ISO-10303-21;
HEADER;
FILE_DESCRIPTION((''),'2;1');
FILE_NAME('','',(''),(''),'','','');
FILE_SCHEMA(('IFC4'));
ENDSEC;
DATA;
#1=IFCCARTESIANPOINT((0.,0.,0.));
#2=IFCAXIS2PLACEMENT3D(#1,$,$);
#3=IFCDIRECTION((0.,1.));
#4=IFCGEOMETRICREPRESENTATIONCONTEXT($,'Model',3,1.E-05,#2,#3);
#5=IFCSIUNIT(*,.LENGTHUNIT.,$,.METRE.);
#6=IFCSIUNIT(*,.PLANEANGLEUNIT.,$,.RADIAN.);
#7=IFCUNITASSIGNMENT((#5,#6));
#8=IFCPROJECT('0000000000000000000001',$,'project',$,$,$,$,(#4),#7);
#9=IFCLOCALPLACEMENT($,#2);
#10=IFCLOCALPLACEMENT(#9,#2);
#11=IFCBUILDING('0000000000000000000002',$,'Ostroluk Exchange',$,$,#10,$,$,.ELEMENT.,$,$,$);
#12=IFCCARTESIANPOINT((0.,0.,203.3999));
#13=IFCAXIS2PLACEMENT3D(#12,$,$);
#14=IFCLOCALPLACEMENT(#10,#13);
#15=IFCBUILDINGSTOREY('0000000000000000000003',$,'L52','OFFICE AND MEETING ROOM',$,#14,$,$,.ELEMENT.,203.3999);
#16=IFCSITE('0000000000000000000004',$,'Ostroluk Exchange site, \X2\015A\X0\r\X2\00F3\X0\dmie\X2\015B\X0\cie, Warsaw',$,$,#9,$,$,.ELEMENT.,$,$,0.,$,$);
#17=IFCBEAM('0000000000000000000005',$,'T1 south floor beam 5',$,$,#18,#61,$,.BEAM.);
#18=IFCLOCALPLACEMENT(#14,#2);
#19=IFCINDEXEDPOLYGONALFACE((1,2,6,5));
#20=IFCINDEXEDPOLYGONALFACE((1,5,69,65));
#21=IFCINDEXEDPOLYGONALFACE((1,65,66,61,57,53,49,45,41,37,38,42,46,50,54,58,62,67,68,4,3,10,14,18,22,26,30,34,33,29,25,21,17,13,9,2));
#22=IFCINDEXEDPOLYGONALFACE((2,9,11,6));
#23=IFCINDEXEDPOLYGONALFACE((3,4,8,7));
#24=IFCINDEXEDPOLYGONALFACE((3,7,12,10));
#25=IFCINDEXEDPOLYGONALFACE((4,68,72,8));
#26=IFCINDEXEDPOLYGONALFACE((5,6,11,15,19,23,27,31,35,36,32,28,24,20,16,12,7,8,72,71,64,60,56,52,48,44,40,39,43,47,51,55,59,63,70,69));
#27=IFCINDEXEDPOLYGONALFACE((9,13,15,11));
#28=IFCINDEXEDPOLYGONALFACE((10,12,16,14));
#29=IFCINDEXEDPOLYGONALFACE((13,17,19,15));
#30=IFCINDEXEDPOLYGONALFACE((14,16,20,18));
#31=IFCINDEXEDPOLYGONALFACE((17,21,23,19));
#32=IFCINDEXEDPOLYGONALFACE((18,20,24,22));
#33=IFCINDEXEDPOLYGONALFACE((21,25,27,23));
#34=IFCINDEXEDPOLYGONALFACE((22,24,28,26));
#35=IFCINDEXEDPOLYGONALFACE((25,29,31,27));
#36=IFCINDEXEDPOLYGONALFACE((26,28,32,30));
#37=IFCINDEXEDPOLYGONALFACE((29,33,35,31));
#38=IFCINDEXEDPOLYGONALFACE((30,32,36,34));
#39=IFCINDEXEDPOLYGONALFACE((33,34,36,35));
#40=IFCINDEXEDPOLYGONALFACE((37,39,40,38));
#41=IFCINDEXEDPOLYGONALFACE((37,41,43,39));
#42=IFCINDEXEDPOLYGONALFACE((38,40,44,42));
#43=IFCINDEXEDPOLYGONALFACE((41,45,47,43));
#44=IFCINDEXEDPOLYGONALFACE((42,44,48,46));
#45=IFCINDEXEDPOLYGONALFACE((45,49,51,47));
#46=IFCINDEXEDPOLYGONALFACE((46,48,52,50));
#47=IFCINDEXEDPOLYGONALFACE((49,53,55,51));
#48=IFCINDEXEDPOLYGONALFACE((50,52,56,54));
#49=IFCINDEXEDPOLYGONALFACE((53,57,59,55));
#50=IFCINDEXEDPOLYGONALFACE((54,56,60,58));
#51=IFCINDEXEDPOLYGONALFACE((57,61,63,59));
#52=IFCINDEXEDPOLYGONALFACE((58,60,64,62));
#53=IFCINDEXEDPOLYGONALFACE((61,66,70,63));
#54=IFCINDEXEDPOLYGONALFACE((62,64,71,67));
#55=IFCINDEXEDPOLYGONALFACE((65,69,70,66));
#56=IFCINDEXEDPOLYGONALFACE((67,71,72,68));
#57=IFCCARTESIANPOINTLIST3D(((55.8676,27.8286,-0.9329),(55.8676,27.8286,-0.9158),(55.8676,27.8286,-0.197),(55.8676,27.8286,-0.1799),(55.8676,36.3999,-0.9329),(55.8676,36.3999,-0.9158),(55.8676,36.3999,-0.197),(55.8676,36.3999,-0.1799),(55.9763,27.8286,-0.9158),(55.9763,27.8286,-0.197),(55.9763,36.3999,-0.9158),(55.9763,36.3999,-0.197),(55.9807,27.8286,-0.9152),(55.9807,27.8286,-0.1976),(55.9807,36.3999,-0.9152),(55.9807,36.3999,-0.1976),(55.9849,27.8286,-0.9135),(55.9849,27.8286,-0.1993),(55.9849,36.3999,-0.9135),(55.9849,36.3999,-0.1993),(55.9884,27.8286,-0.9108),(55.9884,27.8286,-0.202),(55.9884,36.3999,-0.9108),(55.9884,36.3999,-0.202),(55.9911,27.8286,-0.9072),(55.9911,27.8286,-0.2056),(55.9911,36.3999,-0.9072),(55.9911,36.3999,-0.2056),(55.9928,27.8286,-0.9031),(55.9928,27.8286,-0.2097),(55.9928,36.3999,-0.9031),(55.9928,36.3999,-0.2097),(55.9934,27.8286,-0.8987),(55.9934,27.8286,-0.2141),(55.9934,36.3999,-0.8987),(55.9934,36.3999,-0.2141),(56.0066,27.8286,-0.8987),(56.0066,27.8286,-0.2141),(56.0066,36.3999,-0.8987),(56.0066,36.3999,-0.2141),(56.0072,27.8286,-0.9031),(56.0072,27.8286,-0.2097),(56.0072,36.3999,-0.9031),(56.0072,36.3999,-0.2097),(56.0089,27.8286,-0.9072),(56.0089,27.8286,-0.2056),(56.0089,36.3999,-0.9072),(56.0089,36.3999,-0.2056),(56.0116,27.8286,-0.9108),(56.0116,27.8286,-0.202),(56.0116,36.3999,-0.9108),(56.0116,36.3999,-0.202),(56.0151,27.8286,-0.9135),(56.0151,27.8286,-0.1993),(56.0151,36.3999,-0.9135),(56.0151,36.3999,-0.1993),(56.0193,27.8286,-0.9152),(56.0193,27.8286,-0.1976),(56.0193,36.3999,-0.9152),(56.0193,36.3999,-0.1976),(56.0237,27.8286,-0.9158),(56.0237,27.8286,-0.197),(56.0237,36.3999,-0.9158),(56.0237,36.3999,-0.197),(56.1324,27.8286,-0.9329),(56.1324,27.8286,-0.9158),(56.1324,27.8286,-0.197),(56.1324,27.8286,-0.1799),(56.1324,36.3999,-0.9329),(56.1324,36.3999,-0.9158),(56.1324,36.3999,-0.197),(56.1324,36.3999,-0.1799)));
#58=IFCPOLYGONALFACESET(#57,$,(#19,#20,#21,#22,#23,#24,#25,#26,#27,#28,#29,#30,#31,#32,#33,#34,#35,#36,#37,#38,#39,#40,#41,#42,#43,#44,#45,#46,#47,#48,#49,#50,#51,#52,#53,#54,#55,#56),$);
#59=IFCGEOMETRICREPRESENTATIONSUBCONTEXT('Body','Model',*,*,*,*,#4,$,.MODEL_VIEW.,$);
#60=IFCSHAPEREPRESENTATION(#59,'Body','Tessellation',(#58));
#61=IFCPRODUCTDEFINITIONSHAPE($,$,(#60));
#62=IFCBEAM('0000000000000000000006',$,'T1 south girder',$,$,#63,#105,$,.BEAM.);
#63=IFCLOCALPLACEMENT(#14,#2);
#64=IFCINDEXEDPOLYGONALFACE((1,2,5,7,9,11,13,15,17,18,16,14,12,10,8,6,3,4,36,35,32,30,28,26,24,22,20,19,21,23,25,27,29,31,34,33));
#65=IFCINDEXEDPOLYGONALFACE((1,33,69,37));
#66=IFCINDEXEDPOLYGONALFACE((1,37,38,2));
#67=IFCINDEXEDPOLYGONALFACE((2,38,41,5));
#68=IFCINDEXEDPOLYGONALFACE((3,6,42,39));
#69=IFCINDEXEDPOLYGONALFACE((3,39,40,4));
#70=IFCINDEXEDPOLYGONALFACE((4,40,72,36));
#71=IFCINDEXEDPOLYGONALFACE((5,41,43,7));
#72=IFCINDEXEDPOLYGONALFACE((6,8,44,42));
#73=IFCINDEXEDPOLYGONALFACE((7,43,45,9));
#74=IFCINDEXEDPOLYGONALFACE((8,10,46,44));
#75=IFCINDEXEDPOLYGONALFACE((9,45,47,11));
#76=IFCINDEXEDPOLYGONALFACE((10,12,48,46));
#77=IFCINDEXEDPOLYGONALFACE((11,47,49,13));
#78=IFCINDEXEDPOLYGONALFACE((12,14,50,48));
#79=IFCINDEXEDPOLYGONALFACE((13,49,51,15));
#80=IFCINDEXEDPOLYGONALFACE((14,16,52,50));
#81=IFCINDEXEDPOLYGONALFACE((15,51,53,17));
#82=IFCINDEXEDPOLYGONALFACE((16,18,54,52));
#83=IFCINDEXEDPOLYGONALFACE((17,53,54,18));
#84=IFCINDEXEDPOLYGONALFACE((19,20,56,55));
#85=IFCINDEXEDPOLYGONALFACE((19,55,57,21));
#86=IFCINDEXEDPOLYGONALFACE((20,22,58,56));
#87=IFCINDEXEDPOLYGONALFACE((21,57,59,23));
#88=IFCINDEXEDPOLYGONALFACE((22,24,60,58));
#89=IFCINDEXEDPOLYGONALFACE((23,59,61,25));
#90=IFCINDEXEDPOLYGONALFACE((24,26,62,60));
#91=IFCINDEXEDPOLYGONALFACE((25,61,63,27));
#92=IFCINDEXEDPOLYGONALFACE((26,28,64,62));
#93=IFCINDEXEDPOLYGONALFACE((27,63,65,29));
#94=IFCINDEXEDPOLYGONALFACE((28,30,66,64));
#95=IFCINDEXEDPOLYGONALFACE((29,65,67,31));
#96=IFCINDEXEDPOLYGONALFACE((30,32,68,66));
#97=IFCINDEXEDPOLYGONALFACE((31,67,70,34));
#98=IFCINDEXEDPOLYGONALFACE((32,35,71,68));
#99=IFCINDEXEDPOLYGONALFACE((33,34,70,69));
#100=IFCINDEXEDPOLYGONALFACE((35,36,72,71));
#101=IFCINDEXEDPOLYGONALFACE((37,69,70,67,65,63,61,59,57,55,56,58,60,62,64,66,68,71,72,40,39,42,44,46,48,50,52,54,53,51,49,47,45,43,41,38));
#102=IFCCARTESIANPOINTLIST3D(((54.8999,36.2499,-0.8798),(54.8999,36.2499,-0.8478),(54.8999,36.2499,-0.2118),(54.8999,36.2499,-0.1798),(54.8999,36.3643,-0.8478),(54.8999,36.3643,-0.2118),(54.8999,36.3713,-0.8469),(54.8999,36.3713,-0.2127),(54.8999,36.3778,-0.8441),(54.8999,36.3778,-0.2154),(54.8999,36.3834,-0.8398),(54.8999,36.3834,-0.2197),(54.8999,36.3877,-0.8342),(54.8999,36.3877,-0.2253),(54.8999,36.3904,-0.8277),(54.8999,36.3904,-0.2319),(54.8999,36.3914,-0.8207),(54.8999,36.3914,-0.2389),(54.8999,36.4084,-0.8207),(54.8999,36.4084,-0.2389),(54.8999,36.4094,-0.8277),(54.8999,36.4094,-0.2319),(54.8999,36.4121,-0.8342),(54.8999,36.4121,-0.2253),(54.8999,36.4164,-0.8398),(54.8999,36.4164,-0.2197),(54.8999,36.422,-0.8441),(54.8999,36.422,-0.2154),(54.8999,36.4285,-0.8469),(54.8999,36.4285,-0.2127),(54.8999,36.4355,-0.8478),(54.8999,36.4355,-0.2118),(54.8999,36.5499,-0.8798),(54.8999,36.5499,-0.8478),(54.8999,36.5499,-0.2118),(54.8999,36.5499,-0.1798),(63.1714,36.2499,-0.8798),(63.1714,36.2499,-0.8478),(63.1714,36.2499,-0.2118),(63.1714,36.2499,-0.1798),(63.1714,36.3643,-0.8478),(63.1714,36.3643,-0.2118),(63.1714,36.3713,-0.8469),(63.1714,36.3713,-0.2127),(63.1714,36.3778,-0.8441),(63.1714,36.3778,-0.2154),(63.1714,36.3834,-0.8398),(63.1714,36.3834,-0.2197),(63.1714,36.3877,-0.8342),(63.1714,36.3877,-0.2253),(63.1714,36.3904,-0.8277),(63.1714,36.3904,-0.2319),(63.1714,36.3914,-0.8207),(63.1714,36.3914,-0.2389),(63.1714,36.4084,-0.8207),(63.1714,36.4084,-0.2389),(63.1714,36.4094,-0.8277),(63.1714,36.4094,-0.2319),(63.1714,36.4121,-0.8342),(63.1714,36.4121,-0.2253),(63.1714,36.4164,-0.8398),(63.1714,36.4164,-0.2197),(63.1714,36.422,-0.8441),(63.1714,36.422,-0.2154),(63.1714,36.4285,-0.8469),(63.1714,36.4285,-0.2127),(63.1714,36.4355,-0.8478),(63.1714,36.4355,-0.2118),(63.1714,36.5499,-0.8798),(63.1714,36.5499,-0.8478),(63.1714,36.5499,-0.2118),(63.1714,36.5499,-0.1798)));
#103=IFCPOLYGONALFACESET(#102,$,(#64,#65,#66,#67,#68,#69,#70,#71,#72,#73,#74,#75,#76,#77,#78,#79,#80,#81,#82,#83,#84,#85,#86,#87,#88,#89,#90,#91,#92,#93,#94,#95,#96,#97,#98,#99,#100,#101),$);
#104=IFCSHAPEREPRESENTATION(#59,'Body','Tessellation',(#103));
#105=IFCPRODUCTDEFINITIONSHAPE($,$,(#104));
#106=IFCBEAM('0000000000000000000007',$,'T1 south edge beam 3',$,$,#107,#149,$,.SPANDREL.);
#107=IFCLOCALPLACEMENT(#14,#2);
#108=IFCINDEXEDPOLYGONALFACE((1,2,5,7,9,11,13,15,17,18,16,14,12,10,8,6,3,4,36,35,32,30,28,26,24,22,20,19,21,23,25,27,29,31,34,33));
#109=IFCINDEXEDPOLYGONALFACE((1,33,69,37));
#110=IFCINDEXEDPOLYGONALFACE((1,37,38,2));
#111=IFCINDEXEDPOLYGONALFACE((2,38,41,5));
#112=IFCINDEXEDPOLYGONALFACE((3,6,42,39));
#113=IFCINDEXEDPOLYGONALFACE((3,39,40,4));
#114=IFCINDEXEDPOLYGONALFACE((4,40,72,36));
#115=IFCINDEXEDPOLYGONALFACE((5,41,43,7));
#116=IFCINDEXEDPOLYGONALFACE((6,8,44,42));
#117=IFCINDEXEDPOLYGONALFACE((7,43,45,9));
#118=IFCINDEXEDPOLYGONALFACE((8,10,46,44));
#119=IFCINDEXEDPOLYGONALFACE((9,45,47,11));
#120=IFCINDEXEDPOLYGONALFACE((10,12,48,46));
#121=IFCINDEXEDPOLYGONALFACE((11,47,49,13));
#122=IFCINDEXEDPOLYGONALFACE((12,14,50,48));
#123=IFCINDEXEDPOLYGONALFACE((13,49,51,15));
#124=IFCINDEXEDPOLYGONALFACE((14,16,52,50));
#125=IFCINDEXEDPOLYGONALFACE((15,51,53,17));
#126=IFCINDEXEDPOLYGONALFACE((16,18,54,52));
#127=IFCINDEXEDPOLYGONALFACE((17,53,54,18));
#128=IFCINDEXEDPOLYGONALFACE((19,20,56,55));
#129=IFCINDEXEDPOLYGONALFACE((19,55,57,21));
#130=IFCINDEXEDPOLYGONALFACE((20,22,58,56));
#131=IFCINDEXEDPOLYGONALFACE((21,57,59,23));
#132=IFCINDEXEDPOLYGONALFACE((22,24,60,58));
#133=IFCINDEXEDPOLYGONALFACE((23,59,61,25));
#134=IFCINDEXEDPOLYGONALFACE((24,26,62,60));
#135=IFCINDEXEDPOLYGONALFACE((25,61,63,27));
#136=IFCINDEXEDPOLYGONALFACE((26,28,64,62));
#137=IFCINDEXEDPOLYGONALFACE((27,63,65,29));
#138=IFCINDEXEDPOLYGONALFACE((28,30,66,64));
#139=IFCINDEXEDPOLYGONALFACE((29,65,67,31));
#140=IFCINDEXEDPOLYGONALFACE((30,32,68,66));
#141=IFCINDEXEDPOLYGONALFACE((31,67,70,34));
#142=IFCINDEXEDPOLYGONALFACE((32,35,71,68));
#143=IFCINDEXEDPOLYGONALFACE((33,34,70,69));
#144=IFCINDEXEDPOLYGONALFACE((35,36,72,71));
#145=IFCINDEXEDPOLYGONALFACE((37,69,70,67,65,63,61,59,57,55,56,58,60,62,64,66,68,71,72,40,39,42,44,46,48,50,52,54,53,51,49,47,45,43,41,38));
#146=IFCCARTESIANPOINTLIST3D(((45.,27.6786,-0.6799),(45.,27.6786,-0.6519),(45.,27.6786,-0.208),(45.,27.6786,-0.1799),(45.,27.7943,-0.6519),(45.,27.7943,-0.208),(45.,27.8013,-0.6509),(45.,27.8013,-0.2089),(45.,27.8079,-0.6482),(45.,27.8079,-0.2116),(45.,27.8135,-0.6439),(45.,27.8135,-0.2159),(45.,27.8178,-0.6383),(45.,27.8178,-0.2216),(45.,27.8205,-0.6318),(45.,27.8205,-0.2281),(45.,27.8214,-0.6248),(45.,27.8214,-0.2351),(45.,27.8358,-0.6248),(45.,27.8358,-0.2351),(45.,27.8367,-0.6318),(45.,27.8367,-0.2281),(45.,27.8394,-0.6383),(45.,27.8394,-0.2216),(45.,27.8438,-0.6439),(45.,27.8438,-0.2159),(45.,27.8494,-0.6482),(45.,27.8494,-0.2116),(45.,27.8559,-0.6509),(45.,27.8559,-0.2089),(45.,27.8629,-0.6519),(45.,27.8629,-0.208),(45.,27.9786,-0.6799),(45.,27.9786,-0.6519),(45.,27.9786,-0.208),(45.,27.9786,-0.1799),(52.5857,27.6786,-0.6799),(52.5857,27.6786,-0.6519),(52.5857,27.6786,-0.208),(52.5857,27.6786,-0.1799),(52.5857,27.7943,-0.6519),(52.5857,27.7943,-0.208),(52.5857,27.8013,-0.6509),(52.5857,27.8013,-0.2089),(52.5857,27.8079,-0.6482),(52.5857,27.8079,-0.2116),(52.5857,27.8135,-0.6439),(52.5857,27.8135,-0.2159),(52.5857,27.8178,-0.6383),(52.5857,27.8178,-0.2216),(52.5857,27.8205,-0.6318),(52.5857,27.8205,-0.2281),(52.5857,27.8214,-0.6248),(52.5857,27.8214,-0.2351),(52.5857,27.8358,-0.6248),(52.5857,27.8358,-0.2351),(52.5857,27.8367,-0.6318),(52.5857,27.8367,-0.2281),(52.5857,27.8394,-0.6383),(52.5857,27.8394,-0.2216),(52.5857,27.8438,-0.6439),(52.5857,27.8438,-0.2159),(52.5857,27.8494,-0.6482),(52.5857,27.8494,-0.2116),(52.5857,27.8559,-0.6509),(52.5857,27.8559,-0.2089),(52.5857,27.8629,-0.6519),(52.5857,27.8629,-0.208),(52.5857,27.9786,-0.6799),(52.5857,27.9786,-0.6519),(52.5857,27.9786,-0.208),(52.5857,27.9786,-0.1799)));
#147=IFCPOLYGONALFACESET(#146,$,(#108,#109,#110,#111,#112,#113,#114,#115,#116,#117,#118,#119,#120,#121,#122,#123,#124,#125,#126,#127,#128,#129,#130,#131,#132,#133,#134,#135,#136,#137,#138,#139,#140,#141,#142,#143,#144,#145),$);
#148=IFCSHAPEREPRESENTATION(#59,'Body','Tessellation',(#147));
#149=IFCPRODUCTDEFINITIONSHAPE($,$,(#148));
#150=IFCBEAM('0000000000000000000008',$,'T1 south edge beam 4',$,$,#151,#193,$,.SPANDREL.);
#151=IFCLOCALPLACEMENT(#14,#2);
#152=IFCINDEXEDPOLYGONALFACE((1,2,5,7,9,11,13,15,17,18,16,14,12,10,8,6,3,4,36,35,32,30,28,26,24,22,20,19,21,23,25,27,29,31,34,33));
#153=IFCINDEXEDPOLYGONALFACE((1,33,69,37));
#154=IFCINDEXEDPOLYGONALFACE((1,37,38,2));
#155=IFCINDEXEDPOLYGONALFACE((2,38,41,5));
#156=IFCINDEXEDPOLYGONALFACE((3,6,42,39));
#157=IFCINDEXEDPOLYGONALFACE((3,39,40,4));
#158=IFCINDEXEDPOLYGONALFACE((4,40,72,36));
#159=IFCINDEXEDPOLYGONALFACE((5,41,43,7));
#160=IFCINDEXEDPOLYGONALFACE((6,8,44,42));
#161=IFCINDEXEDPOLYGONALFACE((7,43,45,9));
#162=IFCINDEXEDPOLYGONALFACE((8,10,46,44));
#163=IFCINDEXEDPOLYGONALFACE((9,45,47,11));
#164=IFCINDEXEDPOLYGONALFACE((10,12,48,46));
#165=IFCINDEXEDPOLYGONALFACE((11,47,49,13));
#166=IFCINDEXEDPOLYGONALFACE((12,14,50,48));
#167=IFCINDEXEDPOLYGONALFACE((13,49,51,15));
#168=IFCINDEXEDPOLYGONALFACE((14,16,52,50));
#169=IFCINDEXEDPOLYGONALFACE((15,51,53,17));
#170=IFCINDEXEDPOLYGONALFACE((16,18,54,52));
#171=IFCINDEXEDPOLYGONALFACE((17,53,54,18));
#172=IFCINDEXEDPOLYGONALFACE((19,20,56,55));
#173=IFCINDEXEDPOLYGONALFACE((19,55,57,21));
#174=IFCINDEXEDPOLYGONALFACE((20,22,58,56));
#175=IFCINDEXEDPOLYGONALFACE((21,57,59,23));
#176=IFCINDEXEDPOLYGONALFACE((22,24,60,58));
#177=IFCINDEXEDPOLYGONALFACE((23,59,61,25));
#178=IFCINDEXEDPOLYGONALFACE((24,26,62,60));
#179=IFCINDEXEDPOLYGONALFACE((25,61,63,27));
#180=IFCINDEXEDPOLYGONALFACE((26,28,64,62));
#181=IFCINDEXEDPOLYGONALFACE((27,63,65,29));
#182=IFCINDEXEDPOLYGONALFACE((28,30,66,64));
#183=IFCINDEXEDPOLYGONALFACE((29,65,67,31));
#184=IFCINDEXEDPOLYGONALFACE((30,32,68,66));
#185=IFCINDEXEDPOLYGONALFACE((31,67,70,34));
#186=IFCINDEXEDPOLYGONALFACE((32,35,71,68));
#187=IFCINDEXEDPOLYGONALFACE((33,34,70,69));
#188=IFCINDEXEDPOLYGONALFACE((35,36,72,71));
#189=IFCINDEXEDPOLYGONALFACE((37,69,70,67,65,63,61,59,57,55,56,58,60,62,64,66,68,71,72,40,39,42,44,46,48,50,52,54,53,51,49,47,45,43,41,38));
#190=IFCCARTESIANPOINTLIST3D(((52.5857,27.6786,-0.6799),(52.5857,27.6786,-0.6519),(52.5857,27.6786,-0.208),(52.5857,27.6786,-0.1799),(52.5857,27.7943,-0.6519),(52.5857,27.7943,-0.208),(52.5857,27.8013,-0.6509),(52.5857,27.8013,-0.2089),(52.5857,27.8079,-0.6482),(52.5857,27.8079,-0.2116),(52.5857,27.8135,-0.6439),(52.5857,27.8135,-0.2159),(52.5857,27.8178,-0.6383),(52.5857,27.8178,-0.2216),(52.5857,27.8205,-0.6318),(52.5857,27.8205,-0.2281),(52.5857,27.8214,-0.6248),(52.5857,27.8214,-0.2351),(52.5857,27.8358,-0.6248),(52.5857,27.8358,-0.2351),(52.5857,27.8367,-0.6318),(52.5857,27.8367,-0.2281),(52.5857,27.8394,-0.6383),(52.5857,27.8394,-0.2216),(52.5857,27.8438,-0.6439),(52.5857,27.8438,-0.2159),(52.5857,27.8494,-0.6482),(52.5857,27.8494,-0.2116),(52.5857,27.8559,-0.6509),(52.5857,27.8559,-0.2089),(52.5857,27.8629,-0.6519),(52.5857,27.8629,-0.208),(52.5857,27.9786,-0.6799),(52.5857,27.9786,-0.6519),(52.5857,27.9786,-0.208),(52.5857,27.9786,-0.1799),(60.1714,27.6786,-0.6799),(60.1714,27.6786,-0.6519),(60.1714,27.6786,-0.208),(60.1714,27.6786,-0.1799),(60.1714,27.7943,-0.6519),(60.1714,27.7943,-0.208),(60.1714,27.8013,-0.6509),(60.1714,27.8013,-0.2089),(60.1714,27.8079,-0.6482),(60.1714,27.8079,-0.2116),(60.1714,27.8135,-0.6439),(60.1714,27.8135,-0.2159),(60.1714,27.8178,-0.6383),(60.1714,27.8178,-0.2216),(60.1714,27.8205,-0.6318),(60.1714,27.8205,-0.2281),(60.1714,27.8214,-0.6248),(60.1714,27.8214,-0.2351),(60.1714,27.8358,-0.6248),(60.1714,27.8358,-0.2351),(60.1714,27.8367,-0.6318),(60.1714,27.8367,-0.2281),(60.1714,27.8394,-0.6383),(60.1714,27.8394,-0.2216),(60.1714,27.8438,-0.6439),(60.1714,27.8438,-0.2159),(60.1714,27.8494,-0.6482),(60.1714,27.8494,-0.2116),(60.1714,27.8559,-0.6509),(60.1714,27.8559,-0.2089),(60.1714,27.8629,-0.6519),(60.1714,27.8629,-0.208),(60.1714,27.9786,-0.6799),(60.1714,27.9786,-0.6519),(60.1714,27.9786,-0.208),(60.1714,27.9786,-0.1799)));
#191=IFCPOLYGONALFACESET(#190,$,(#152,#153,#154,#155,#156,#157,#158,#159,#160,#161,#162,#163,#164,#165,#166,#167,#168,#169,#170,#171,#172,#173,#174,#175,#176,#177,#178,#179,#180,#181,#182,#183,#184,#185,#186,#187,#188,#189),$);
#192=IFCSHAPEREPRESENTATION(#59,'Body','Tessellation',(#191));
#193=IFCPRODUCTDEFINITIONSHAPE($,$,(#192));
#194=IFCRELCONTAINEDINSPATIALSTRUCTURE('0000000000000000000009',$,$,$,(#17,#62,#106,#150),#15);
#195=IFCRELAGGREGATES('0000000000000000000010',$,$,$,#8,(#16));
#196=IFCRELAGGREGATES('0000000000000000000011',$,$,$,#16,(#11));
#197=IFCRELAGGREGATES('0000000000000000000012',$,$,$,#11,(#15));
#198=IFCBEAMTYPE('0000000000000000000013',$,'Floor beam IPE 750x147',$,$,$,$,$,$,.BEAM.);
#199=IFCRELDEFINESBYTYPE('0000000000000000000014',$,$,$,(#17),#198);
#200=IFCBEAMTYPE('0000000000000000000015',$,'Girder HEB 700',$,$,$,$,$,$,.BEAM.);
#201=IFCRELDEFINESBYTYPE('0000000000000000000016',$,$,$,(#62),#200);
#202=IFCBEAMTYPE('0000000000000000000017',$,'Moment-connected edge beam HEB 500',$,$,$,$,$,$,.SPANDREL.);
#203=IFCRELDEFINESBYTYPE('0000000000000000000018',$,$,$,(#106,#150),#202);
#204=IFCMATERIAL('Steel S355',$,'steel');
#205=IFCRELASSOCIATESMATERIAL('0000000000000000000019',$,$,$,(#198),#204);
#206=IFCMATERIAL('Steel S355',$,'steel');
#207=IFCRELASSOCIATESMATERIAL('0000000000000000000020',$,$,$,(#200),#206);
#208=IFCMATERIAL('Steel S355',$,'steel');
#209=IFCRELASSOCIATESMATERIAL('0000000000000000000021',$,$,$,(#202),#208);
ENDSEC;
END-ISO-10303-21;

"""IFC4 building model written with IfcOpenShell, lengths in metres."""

from ifc_helpers import new_model, si_unit, direction, frame, origin, origin_2d, place, context, subcontext, project, spatial, i_section, extrude, material, material_profile, profile_set, type_object, element, save


model = new_model("IFC4")

# Units and contexts
model_context = context("Model", 3, precision=1e-05, world=origin(), true_north=direction((0.0, 1.0)))
body_context = subcontext(model_context, "Body", "Model", "MODEL_VIEW")
ifc_project = project(units=[si_unit("LENGTHUNIT", "METRE"), si_unit("PLANEANGLEUNIT", "RADIAN")], contexts=[model_context])

# Site, building, storey
site_placement = place(None, origin())
site = spatial("IfcSite", under=ifc_project, at=site_placement, Name="Ostroluk Exchange site, Śródmieście, Warsaw", CompositionType="ELEMENT", RefElevation=0.0)
building_placement = place(site_placement, origin())
building = spatial("IfcBuilding", under=site, at=building_placement, Name="Ostroluk Exchange", CompositionType="ELEMENT")
storey_placement = place(building_placement, frame((0.0, 0.0, 203.3999)))
storey = spatial("IfcBuildingStorey", under=building, at=storey_placement, Name="L52", Description="OFFICE AND MEETING ROOM", CompositionType="ELEMENT", Elevation=203.3999)

# Beams
ifc_material_1 = material(Name="Steel S355", Category="steel")
ifc_material_profile_1 = material_profile(ifc_material_1, i_section(OverallWidth=0.2649, OverallDepth=0.7529, WebThickness=0.0132, FlangeThickness=0.0171, FilletRadius=0.0171, at=origin_2d()), Name="IPE 750x147")
ifc_profile_set_1 = profile_set([ifc_material_profile_1], Name="Steel S355")
beam_type_1 = type_object("IfcBeamType", Name="Floor beam IPE 750x147", PredefinedType="BEAM", material=ifc_profile_set_1)
beam_1_placement = place(storey_placement, frame((56.0, 36.3999, -0.5564), z_axis=(0.0, -1.0, 0.0), x_axis=(1.0, 0.0, 0.0)))
element("IfcBeam", 1, at=beam_1_placement, inside=storey, type_object=beam_type_1, Name="T1 south floor beam 5", PredefinedType="BEAM", context=body_context, shape_type="SweptSolid", body=[
    extrude(i_section(OverallWidth=0.2649, OverallDepth=0.7529, WebThickness=0.0132, FlangeThickness=0.0171, FilletRadius=0.0171, at=origin_2d()), origin(), (0.0, 0.0, 1.0), 8.5713),
])
ifc_material_2 = material(Name="Steel S355", Category="steel")
ifc_material_profile_2 = material_profile(ifc_material_2, i_section(OverallWidth=0.3, OverallDepth=0.7, WebThickness=0.0171, FlangeThickness=0.032, FilletRadius=0.0271, at=origin_2d()), Name="HEB 700")
ifc_profile_set_2 = profile_set([ifc_material_profile_2], Name="Steel S355")
beam_type_2 = type_object("IfcBeamType", Name="Girder HEB 700", PredefinedType="BEAM", material=ifc_profile_set_2)
beam_2_placement = place(storey_placement, frame((54.8999, 36.3999, -0.5298), z_axis=(1.0, 0.0, 0.0), x_axis=(0.0, 1.0, 0.0)))
element("IfcBeam", 2, at=beam_2_placement, inside=storey, type_object=beam_type_2, Name="T1 south girder", PredefinedType="BEAM", context=body_context, shape_type="SweptSolid", body=[
    extrude(i_section(OverallWidth=0.3, OverallDepth=0.7, WebThickness=0.0171, FlangeThickness=0.032, FilletRadius=0.0271, at=origin_2d()), origin(), (0.0, 0.0, 1.0), 8.2715),
])
ifc_material_3 = material(Name="Steel S355", Category="steel")
ifc_material_profile_3 = material_profile(ifc_material_3, i_section(OverallWidth=0.3, OverallDepth=0.5, WebThickness=0.0144, FlangeThickness=0.0281, FilletRadius=0.0271, at=origin_2d()), Name="HEB 500")
ifc_profile_set_3 = profile_set([ifc_material_profile_3], Name="Steel S355")
beam_type_3 = type_object("IfcBeamType", Name="Moment-connected edge beam HEB 500", PredefinedType="SPANDREL", material=ifc_profile_set_3)
for number, where, z_axis, x_axis, name in (
    (3, (45.0, 27.8286, -0.4299), (1.0, 0.0, 0.0), (0.0, 1.0, 0.0), "T1 south edge beam 3"),
    (4, (52.5857, 27.8286, -0.4299), (1.0, 0.0, 0.0), (0.0, 1.0, 0.0), "T1 south edge beam 4"),
):
    element("IfcBeam", number, at=place(storey_placement, frame(where, z_axis=z_axis, x_axis=x_axis)), inside=storey, type_object=beam_type_3, Name=name, PredefinedType="SPANDREL", context=body_context, shape_type="SweptSolid", body=[
        extrude(i_section(OverallWidth=0.3, OverallDepth=0.5, WebThickness=0.0144, FlangeThickness=0.0281, FilletRadius=0.0271, at=origin_2d()), origin(), (0.0, 0.0, 1.0), 7.5857),
    ])

save(model, "model.ifc")
